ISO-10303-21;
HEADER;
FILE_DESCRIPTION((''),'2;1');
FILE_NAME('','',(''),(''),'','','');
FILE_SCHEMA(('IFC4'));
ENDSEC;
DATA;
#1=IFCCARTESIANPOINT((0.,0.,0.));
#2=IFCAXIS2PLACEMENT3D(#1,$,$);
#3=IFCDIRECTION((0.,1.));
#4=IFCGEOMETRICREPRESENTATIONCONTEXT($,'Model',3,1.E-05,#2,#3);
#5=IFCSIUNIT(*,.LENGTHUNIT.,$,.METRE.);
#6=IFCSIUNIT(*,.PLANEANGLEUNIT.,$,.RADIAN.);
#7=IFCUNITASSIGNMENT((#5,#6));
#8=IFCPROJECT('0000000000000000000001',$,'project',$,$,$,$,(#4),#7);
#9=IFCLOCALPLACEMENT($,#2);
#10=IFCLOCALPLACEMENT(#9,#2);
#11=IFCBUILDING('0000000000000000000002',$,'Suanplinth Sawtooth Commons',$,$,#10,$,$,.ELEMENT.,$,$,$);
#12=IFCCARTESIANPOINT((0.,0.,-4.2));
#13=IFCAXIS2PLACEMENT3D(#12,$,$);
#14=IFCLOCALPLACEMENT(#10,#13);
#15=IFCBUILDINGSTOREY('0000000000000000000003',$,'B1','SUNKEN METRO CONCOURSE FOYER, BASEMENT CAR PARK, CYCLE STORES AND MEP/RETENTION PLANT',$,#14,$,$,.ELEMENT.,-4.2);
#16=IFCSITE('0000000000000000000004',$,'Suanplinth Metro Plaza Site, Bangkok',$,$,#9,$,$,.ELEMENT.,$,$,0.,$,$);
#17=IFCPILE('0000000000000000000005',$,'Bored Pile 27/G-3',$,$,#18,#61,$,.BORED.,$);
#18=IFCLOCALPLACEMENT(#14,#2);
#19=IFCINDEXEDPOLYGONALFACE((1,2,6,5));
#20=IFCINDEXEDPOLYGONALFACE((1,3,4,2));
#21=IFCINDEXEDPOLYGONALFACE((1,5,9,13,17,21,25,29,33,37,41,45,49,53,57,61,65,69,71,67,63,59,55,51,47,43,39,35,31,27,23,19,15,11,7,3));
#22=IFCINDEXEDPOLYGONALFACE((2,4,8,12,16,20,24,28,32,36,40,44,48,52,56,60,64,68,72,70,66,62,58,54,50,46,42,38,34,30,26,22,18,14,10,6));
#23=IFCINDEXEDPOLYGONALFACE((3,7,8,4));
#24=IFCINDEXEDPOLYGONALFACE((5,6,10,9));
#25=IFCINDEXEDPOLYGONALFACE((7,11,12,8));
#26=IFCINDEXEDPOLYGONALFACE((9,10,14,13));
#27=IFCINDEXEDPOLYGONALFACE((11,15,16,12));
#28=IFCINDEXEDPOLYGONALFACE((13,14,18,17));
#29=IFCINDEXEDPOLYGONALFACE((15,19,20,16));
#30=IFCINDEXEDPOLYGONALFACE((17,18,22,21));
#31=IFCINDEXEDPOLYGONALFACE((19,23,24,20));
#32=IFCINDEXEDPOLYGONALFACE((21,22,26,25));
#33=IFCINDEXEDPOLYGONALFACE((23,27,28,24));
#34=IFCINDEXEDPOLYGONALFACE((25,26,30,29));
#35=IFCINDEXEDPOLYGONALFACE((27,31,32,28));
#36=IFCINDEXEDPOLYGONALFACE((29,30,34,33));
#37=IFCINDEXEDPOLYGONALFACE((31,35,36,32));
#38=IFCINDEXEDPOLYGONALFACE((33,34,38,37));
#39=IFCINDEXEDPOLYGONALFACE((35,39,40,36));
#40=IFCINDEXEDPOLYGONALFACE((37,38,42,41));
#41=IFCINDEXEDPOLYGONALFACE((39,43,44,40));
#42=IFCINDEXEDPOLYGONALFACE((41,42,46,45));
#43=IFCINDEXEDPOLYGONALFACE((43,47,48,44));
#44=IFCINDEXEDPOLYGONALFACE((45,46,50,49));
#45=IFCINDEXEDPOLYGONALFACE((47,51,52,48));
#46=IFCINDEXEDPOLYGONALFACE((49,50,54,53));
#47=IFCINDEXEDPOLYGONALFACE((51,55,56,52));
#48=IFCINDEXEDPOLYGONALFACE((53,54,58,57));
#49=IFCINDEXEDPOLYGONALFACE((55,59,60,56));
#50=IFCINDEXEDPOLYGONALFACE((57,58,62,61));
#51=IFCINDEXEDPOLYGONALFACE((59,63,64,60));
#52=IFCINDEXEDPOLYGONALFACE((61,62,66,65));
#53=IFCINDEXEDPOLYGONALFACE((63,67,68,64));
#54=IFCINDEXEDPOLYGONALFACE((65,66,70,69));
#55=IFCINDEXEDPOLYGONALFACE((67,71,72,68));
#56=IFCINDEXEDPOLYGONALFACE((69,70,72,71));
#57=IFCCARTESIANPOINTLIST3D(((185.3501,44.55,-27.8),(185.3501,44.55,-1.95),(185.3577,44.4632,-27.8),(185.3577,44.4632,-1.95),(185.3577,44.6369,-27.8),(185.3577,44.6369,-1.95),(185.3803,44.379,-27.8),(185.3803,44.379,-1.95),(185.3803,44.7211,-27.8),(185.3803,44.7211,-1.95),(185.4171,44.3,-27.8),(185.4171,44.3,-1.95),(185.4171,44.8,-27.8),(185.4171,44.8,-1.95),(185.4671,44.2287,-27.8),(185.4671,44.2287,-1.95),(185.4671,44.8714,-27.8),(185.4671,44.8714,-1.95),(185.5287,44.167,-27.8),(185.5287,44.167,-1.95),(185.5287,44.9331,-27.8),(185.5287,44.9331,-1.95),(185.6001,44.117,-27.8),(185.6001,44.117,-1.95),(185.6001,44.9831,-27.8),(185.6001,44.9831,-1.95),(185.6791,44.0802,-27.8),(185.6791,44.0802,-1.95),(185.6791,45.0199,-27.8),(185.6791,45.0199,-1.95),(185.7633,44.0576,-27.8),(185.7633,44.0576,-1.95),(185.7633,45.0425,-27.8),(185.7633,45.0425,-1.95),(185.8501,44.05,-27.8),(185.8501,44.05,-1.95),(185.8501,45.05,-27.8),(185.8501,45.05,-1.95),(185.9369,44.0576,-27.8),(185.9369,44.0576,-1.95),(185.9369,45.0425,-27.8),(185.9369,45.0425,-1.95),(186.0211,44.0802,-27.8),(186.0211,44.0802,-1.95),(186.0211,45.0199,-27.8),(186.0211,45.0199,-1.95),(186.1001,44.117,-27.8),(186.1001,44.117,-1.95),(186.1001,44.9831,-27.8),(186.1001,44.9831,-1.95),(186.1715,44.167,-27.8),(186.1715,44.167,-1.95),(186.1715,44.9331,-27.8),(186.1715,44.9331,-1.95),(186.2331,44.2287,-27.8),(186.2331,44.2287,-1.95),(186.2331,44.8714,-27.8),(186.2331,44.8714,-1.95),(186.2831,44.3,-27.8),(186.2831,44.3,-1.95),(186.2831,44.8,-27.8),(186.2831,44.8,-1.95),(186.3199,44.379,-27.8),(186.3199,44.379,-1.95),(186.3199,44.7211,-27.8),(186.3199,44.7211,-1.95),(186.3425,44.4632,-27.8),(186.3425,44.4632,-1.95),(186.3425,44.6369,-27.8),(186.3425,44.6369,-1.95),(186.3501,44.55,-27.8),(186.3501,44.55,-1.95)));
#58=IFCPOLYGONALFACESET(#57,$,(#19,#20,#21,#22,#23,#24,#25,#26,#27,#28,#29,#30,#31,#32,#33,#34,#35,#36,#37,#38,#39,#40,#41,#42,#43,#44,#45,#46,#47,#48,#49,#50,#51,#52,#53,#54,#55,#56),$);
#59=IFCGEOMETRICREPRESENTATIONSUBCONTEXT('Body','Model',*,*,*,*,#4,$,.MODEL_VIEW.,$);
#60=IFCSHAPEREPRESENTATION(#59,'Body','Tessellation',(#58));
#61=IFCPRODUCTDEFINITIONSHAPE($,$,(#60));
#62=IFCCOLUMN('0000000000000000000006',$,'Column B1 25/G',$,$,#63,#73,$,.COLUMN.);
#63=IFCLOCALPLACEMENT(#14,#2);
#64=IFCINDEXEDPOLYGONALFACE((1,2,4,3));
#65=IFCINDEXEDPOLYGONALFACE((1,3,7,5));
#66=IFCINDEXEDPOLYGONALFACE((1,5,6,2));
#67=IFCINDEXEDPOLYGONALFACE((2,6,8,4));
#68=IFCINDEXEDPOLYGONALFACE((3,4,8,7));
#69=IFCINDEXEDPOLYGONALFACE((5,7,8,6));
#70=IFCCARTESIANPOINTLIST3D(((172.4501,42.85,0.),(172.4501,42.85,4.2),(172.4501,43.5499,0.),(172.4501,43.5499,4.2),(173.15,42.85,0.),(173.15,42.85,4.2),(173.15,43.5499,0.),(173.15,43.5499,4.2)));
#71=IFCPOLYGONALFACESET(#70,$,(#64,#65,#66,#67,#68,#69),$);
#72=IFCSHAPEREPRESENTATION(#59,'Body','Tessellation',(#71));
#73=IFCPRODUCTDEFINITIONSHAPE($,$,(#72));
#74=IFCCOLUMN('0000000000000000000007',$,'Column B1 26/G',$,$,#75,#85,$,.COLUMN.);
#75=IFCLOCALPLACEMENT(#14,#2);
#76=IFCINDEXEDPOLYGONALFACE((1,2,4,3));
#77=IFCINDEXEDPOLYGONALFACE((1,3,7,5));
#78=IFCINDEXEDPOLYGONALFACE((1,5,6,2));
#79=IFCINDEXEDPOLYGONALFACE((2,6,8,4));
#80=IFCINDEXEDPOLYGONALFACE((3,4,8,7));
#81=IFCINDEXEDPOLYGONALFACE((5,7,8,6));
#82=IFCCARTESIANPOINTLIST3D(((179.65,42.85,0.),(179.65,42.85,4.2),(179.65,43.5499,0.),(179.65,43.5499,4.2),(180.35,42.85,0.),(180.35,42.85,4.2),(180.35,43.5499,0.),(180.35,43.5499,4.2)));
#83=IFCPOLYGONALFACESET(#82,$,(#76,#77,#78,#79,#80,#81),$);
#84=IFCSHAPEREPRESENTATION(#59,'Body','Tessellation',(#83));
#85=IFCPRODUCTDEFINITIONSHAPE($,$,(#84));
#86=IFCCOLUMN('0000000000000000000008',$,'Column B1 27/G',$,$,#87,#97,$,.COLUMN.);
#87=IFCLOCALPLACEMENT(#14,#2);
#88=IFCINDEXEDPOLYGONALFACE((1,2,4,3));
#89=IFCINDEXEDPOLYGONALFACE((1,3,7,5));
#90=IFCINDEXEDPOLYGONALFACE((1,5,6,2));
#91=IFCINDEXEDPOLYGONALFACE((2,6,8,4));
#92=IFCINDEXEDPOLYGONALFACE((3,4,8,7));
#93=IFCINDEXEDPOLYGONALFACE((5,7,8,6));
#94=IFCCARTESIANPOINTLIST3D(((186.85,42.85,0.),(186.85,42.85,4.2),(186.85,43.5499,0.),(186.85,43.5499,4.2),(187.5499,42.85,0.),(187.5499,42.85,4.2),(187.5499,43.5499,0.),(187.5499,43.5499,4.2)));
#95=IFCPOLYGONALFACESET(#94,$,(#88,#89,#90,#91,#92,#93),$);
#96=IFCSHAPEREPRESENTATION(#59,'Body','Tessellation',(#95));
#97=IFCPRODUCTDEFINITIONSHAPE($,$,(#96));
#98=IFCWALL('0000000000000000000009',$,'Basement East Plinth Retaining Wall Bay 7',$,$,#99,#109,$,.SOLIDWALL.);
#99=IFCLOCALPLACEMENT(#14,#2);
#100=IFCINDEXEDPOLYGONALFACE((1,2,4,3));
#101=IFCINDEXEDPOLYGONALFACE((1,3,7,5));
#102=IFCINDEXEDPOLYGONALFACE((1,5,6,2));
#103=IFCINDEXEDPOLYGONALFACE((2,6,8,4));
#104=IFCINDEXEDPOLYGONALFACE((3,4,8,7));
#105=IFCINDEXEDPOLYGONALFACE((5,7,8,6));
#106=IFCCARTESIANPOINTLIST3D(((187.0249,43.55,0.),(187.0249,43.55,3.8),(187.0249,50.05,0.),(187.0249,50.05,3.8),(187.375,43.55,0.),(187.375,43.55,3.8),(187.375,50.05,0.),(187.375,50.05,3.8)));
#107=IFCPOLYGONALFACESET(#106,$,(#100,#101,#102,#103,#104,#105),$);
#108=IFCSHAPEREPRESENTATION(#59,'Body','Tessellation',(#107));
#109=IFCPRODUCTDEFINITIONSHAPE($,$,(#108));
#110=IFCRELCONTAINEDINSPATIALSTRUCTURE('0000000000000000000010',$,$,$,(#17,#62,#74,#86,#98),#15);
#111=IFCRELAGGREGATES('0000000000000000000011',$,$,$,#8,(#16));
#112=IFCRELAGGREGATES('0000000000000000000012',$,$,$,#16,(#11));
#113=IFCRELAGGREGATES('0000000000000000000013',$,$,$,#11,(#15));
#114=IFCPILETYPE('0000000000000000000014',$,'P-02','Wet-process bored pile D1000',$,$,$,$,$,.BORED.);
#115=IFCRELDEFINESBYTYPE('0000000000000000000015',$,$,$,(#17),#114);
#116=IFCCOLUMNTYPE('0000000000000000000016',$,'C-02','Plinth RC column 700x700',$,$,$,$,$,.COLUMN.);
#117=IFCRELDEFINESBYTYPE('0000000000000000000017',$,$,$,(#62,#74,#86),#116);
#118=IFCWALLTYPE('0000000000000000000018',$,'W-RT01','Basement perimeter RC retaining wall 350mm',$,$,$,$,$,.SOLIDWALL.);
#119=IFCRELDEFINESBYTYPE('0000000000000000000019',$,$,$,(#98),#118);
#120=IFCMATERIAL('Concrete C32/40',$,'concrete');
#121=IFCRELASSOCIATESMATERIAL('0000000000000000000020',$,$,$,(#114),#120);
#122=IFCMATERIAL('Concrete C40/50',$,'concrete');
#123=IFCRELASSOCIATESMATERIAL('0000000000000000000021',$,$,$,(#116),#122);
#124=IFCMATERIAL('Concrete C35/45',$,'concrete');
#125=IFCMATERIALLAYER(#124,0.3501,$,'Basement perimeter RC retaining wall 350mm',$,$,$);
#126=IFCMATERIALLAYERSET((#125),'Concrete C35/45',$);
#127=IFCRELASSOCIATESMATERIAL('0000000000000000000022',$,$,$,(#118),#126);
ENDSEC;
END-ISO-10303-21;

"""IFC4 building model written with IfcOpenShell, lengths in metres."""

from ifc_helpers import new_model, si_unit, direction, frame, frame_2d, origin, origin_2d, place, context, subcontext, project, spatial, rectangle, circle, extrude, material, layer, layer_set, material_profile, profile_set, type_object, element, save


model = new_model("IFC4")

# Units and contexts
model_context = context("Model", 3, precision=1e-05, world=origin(), true_north=direction((0.0, 1.0)))
body_context = subcontext(model_context, "Body", "Model", "MODEL_VIEW")
ifc_project = project(units=[si_unit("LENGTHUNIT", "METRE"), si_unit("PLANEANGLEUNIT", "RADIAN")], contexts=[model_context])

# Site, building, storey
site_placement = place(None, origin())
site = spatial("IfcSite", under=ifc_project, at=site_placement, Name="Suanplinth Metro Plaza Site, Bangkok", CompositionType="ELEMENT", RefElevation=0.0)
building_placement = place(site_placement, origin())
building = spatial("IfcBuilding", under=site, at=building_placement, Name="Suanplinth Sawtooth Commons", CompositionType="ELEMENT")
storey_placement = place(building_placement, frame((0.0, 0.0, -4.2)))
storey = spatial("IfcBuildingStorey", under=building, at=storey_placement, Name="B1", Description="SUNKEN METRO CONCOURSE FOYER, BASEMENT CAR PARK, CYCLE STORES AND MEP/RETENTION PLANT", CompositionType="ELEMENT", Elevation=-4.2)

# Shared definitions
ifc_material_1 = material(Name="Concrete C35/45", Category="concrete")

# Pile
ifc_material_2 = material(Name="Concrete C32/40", Category="concrete")
ifc_material_profile_1 = material_profile(ifc_material_2, circle(Radius=0.5, at=origin_2d()), Name="PILE D1000")
ifc_profile_set_1 = profile_set([ifc_material_profile_1], Name="Concrete C32/40")
pile_type = type_object("IfcPileType", Name="P-02", Description="Wet-process bored pile D1000", PredefinedType="BORED", material=ifc_profile_set_1)
for number, where, z_axis, x_axis, name in (
    (1, (185.8501, 44.55, -1.95), (0.0, 0.0, -1.0), (1.0, 0.0, 0.0), "Bored Pile 27/G-3"),
):
    element("IfcPile", number, at=place(storey_placement, frame(where, z_axis=z_axis, x_axis=x_axis)), inside=storey, type_object=pile_type, Name=name, PredefinedType="BORED", context=body_context, shape_type="SweptSolid", body=[
        extrude(circle(Radius=0.5, at=origin_2d()), origin(), (0.0, 0.0, 1.0), 25.8501),
    ])

# Columns
ifc_material_3 = material(Name="Concrete C40/50", Category="concrete")
ifc_material_profile_2 = material_profile(ifc_material_3, rectangle(XDim=0.7, YDim=0.7, at=origin_2d()), Name="RC-COL 700x700")
ifc_profile_set_2 = profile_set([ifc_material_profile_2], Name="Concrete C40/50")
column_type = type_object("IfcColumnType", Name="C-02", Description="Plinth RC column 700x700", PredefinedType="COLUMN", material=ifc_profile_set_2)
for number, where, z_axis, x_axis, name in (
    (2, (172.8, 43.2, 0.0), (0.0, 0.0, 1.0), (1.0, 0.0, 0.0), "Column B1 25/G"),
    (3, (180.0, 43.2, 0.0), (0.0, 0.0, 1.0), (1.0, 0.0, 0.0), "Column B1 26/G"),
    (4, (187.2, 43.2, 0.0), (0.0, 0.0, 1.0), (1.0, 0.0, 0.0), "Column B1 27/G"),
):
    element("IfcColumn", number, at=place(storey_placement, frame(where, z_axis=z_axis, x_axis=x_axis)), inside=storey, type_object=column_type, Name=name, PredefinedType="COLUMN", context=body_context, shape_type="SweptSolid", body=[
        extrude(rectangle(XDim=0.7, YDim=0.7, at=origin_2d()), origin(), (0.0, 0.0, 1.0), 4.2),
    ])

# Wall
ifc_layer = layer(ifc_material_1, 0.3501, Name="Basement perimeter RC retaining wall 350mm")
ifc_layer_set = layer_set([ifc_layer], Name="Concrete C35/45")
wall_type = type_object("IfcWallType", Name="W-RT01", Description="Basement perimeter RC retaining wall 350mm", PredefinedType="SOLIDWALL", material=ifc_layer_set)
wall_placement = place(storey_placement, frame((187.2, 43.55, 0.0), z_axis=(0.0, 0.0, 1.0), x_axis=(0.0, 1.0, 0.0)))
element("IfcWall", 5, at=wall_placement, inside=storey, type_object=wall_type, Name="Basement East Plinth Retaining Wall Bay 7", PredefinedType="SOLIDWALL", context=body_context, shape_type="SweptSolid", body=[
    extrude(rectangle(XDim=6.5, YDim=0.3501, at=frame_2d((3.25, 0.0))), origin(), (0.0, 0.0, 1.0), 3.8),
])

save(model, "model.ifc")
